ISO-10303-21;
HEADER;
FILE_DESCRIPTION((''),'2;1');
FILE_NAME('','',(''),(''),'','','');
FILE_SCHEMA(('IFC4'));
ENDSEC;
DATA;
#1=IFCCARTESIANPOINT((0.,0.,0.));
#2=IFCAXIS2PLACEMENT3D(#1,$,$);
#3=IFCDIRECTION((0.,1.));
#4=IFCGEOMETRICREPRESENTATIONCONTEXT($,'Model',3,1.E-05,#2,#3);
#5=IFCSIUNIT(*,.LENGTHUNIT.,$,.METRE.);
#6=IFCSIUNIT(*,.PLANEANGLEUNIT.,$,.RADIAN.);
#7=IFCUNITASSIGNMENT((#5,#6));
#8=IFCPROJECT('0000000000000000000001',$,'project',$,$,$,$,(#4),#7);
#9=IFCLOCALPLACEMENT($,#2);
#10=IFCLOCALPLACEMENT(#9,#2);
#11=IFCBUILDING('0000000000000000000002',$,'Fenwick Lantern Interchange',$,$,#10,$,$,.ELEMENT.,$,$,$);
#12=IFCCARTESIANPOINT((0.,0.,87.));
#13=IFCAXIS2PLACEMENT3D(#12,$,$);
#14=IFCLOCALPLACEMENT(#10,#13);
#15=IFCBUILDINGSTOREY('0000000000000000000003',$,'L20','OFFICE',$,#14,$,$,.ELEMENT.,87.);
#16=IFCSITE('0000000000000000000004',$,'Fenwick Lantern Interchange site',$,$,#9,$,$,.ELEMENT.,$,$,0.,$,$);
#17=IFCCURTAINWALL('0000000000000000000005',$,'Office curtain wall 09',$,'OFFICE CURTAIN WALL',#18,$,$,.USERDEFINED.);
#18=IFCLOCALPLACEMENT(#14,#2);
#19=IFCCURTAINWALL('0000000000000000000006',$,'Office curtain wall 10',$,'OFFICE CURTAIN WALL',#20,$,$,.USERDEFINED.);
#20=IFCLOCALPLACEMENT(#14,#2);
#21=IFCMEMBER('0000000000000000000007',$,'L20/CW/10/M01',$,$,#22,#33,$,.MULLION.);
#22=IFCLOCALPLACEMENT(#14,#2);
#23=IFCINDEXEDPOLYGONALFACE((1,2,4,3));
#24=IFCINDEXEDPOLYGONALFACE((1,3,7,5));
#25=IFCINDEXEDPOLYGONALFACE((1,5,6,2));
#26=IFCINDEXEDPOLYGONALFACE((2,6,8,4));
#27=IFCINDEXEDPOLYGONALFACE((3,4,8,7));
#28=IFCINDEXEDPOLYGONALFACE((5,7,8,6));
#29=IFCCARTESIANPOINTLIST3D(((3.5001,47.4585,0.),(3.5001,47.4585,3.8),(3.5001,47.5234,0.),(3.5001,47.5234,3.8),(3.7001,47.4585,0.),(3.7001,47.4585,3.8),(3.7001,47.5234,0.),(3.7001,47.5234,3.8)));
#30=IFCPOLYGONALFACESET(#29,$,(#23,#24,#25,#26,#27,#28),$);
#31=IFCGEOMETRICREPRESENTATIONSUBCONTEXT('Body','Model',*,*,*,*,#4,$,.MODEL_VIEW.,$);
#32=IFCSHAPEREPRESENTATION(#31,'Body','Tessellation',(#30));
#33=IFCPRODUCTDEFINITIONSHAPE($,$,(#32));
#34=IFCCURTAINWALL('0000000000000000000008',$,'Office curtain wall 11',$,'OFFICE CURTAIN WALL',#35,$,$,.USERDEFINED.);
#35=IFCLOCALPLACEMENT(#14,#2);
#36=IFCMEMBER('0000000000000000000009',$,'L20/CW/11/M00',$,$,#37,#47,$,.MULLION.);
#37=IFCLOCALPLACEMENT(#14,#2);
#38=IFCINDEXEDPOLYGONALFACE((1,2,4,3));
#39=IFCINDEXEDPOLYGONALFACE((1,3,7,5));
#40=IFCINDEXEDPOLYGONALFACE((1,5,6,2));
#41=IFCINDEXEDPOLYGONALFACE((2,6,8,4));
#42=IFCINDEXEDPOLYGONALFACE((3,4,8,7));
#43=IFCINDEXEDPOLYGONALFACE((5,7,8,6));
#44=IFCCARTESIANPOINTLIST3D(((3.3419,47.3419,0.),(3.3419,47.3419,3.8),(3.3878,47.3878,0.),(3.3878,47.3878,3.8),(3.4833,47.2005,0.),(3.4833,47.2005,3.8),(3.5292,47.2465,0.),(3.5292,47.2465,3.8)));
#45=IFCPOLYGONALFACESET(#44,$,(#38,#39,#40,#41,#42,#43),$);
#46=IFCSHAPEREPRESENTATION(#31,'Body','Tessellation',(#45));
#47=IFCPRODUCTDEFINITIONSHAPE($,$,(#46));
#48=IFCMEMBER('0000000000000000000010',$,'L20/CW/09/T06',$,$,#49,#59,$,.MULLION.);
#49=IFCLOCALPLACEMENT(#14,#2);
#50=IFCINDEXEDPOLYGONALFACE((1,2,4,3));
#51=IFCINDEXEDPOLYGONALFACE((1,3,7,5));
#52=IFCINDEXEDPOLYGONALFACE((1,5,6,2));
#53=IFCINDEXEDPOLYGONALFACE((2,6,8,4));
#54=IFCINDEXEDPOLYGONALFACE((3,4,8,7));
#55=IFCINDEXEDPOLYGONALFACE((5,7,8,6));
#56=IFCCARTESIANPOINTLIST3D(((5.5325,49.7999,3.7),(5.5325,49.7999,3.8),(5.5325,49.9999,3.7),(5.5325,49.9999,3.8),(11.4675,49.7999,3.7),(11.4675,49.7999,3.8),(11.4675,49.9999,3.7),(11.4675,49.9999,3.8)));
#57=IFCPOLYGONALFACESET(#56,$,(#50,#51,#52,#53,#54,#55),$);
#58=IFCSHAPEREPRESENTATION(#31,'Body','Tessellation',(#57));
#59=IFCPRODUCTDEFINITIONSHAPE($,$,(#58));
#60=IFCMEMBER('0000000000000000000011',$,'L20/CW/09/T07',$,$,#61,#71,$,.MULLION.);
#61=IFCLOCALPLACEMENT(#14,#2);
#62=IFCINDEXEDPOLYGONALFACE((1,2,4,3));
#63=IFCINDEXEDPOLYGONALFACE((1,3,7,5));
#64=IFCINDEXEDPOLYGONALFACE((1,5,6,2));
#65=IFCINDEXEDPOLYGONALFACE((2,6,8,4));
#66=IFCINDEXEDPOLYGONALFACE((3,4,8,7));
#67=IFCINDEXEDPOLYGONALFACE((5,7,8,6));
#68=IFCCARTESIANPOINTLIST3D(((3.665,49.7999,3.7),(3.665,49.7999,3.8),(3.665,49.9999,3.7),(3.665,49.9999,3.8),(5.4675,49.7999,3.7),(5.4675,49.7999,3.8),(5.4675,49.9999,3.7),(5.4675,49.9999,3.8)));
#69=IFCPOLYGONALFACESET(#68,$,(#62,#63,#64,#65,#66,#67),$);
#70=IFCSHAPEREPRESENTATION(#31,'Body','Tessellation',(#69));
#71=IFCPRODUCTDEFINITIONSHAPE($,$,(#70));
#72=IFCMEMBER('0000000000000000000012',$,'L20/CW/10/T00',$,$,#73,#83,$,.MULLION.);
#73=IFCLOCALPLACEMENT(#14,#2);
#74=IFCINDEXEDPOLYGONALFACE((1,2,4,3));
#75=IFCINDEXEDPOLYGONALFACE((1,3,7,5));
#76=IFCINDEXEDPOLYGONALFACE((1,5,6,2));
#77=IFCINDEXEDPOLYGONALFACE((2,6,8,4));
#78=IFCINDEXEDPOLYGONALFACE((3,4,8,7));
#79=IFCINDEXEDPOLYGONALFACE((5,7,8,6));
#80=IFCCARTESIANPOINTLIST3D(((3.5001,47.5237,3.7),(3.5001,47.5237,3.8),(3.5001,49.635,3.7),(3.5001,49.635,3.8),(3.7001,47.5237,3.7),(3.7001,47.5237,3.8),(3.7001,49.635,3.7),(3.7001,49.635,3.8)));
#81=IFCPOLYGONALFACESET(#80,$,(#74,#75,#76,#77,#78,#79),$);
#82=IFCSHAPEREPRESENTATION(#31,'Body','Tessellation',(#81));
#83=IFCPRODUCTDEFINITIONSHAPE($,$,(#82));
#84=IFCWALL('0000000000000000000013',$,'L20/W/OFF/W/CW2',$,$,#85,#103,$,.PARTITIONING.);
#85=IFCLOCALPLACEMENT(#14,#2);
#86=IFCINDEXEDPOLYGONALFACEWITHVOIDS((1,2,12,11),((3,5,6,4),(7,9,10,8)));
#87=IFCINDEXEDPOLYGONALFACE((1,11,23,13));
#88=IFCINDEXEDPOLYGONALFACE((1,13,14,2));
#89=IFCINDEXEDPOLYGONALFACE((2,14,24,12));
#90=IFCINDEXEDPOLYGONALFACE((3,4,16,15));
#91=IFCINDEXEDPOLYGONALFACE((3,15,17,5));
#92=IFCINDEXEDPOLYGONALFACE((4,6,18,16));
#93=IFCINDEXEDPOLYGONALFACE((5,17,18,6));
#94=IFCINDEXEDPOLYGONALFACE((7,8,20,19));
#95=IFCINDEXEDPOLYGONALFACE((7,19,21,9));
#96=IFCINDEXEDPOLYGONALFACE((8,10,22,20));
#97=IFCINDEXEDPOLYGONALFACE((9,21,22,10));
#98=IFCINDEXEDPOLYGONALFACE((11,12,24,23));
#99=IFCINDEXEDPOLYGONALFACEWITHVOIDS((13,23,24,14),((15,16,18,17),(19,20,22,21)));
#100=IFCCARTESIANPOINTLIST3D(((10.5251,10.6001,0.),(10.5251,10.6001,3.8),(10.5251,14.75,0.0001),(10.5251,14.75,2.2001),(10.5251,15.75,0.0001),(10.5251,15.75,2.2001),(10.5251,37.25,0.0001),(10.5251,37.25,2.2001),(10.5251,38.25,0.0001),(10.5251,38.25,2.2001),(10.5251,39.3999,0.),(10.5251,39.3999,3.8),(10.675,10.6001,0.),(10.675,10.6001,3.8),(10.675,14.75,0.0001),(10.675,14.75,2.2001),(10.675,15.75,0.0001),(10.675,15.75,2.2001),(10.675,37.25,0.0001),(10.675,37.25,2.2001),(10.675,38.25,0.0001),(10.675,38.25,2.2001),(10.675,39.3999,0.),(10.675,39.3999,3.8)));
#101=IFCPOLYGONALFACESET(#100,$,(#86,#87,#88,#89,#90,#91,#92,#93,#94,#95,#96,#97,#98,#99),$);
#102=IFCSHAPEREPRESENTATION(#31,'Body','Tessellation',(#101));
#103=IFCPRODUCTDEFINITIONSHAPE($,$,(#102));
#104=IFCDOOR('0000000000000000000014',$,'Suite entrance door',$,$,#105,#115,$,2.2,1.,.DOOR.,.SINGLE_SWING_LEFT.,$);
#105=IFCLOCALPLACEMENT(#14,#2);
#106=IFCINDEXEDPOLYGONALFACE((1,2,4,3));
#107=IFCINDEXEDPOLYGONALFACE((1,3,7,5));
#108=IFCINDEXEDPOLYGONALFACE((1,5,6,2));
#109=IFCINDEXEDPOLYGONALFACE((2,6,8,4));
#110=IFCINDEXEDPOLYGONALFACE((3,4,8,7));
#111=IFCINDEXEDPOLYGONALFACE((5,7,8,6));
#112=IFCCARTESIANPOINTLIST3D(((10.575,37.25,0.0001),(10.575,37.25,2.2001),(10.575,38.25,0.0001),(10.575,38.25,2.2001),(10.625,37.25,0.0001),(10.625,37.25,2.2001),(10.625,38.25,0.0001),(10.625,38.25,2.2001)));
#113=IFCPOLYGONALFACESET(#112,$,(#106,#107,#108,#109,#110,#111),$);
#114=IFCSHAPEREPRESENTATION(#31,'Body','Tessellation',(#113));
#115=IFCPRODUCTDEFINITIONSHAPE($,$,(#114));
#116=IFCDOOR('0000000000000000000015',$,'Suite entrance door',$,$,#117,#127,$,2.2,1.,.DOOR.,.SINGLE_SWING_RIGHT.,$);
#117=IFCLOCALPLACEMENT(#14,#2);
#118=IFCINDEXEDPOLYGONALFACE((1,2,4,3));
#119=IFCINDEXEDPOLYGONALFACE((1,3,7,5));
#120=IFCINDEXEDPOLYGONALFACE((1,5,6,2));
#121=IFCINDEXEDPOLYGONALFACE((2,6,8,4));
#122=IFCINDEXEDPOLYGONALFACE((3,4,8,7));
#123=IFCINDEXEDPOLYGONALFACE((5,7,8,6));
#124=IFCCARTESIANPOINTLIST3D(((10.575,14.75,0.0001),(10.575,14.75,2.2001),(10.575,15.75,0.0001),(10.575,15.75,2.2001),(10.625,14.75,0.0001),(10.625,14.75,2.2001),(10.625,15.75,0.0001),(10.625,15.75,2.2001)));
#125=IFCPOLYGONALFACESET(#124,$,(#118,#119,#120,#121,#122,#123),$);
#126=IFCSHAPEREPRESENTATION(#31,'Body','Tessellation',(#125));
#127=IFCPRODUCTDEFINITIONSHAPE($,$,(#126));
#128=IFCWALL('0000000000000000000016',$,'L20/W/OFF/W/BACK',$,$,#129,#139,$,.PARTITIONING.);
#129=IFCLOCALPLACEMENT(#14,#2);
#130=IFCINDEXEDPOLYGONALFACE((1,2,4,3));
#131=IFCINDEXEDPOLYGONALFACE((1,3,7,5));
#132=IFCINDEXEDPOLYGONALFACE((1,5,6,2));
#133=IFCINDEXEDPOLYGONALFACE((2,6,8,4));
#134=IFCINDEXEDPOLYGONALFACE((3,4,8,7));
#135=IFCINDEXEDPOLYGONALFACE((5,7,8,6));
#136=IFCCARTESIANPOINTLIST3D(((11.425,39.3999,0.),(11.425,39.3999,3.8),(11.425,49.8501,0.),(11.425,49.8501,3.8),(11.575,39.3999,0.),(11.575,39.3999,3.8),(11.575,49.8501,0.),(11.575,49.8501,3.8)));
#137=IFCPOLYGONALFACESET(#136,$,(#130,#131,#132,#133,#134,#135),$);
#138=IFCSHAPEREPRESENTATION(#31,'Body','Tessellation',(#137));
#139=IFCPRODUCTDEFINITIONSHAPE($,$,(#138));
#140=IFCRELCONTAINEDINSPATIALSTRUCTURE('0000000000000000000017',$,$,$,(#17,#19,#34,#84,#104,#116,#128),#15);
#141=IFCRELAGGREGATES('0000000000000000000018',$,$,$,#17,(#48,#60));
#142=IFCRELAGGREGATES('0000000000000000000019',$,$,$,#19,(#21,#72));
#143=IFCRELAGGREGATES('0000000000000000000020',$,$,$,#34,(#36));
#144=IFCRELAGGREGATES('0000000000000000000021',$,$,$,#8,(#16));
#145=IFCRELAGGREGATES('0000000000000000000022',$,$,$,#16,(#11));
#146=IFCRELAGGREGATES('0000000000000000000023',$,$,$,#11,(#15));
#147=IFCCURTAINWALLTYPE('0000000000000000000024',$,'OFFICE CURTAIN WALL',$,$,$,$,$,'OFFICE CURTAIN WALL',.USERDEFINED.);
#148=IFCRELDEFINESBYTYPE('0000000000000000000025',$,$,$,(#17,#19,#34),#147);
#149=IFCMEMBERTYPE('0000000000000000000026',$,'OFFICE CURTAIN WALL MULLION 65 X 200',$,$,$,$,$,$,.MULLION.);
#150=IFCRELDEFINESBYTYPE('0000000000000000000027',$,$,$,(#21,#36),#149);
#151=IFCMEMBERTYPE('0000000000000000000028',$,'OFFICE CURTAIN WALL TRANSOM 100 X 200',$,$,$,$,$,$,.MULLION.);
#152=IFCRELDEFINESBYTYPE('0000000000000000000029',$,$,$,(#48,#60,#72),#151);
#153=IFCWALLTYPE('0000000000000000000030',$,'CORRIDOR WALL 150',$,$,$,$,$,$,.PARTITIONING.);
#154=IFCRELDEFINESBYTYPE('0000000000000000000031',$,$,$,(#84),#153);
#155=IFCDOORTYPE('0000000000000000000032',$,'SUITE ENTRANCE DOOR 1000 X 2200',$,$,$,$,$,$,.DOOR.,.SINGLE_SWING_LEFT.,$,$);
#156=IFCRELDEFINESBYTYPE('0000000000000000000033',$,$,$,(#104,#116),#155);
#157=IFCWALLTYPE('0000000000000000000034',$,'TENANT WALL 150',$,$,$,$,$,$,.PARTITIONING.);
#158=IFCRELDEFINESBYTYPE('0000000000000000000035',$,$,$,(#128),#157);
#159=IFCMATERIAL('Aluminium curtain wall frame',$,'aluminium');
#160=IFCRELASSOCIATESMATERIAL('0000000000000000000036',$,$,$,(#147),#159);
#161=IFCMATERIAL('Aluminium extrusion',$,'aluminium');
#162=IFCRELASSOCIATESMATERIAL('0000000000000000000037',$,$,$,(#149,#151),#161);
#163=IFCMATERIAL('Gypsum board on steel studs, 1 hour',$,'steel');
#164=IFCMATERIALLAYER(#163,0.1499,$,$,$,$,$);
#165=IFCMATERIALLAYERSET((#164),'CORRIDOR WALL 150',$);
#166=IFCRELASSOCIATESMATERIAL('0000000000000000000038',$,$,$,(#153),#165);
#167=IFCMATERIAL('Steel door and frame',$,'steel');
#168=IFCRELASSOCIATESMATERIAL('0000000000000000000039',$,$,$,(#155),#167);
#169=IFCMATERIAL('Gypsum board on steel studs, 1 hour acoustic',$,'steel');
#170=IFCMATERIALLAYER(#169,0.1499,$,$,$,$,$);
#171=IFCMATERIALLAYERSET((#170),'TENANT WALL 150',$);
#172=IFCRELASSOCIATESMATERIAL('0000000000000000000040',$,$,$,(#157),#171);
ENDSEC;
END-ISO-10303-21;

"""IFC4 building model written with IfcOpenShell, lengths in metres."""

from ifc_helpers import new_model, si_unit, direction, frame, frame_2d, origin, origin_2d, place, context, subcontext, project, spatial, rectangle, extrude, material, layer, layer_set, material_profile, profile_set, type_object, element, fill, aggregate, save


model = new_model("IFC4")

# Units and contexts
model_context = context("Model", 3, precision=1e-05, world=origin(), true_north=direction((0.0, 1.0)))
body_context = subcontext(model_context, "Body", "Model", "MODEL_VIEW")
ifc_project = project(units=[si_unit("LENGTHUNIT", "METRE"), si_unit("PLANEANGLEUNIT", "RADIAN")], contexts=[model_context])

# Site, building, storey
site_placement = place(None, origin())
site = spatial("IfcSite", under=ifc_project, at=site_placement, Name="Fenwick Lantern Interchange site", CompositionType="ELEMENT", RefElevation=0.0)
building_placement = place(site_placement, origin())
building = spatial("IfcBuilding", under=site, at=building_placement, Name="Fenwick Lantern Interchange", CompositionType="ELEMENT")
storey_placement = place(building_placement, frame((0.0, 0.0, 87.0)))
storey = spatial("IfcBuildingStorey", under=building, at=storey_placement, Name="L20", Description="OFFICE", CompositionType="ELEMENT", Elevation=87.0)

# Curtain walls, member
ifc_material_1 = material(Name="Aluminium curtain wall frame", Category="aluminium")
curtain_wall_type = type_object("IfcCurtainWallType", Name="OFFICE CURTAIN WALL", ElementType="OFFICE CURTAIN WALL", PredefinedType="USERDEFINED", material=ifc_material_1)
curtain_wall_1_placement = place(storey_placement, origin())
curtain_wall_1 = element("IfcCurtainWall", 1, at=curtain_wall_1_placement, inside=storey, type_object=curtain_wall_type, Name="Office curtain wall 09", ObjectType="OFFICE CURTAIN WALL", PredefinedType="USERDEFINED")
ifc_material_2 = material(Name="Aluminium extrusion", Category="aluminium")
ifc_material_profile_1 = material_profile(ifc_material_2, rectangle(XDim=0.2, YDim=0.0649, at=origin_2d()), Name="OFFICE CURTAIN WALL MULLION 65 X 200")
ifc_profile_set_1 = profile_set([ifc_material_profile_1], Name="Aluminium extrusion")
member_type_1 = type_object("IfcMemberType", Name="OFFICE CURTAIN WALL MULLION 65 X 200", PredefinedType="MULLION", material=ifc_profile_set_1)
curtain_wall_2_placement = place(storey_placement, origin())
curtain_wall_2 = element("IfcCurtainWall", 2, at=curtain_wall_2_placement, inside=storey, type_object=curtain_wall_type, Name="Office curtain wall 10", ObjectType="OFFICE CURTAIN WALL", PredefinedType="USERDEFINED")
member_1_placement = place(storey_placement, frame((3.6001, 47.491, 0.0), z_axis=(0.0, 0.0, 1.0), x_axis=(1.0, 0.0, 0.0)))
member_1 = element("IfcMember", 3, at=member_1_placement, type_object=member_type_1, Name="L20/CW/10/M01", PredefinedType="MULLION", context=body_context, shape_type="SweptSolid", body=[
    extrude(rectangle(XDim=0.2, YDim=0.0649, at=origin_2d()), origin(), (0.0, 0.0, 1.0), 3.8),
])

# Curtain wall, member
curtain_wall_3_placement = place(storey_placement, origin())
curtain_wall_3 = element("IfcCurtainWall", 4, at=curtain_wall_3_placement, inside=storey, type_object=curtain_wall_type, Name="Office curtain wall 11", ObjectType="OFFICE CURTAIN WALL", PredefinedType="USERDEFINED")
member_2_placement = place(storey_placement, frame((3.4355, 47.2942, 0.0), z_axis=(0.0, 0.0, 1.0), x_axis=(0.707107, -0.707107, 0.0)))
member_2 = element("IfcMember", 5, at=member_2_placement, type_object=member_type_1, Name="L20/CW/11/M00", PredefinedType="MULLION", context=body_context, shape_type="SweptSolid", body=[
    extrude(rectangle(XDim=0.2, YDim=0.0649, at=origin_2d()), origin(), (0.0, 0.0, 1.0), 3.8),
])

# Members
ifc_material_profile_2 = material_profile(ifc_material_2, rectangle(XDim=0.2, YDim=0.1001, at=origin_2d()), Name="OFFICE CURTAIN WALL TRANSOM 100 X 200")
ifc_profile_set_2 = profile_set([ifc_material_profile_2], Name="Aluminium extrusion")
member_type_2 = type_object("IfcMemberType", Name="OFFICE CURTAIN WALL TRANSOM 100 X 200", PredefinedType="MULLION", material=ifc_profile_set_2)
member_3_placement = place(storey_placement, frame((11.4675, 49.8999, 3.75), z_axis=(-1.0, 0.0, 0.0), x_axis=(0.0, -1.0, 0.0)))
member_3 = element("IfcMember", 6, at=member_3_placement, type_object=member_type_2, Name="L20/CW/09/T06", PredefinedType="MULLION", context=body_context, shape_type="SweptSolid", body=[
    extrude(rectangle(XDim=0.2, YDim=0.1001, at=origin_2d()), origin(), (0.0, 0.0, 1.0), 5.9351),
])
member_4_placement = place(storey_placement, frame((5.4675, 49.8999, 3.75), z_axis=(-1.0, 0.0, 0.0), x_axis=(0.0, -1.0, 0.0)))
member_4 = element("IfcMember", 7, at=member_4_placement, type_object=member_type_2, Name="L20/CW/09/T07", PredefinedType="MULLION", context=body_context, shape_type="SweptSolid", body=[
    extrude(rectangle(XDim=0.2, YDim=0.1001, at=origin_2d()), origin(), (0.0, 0.0, 1.0), 1.8025),
])
aggregate(curtain_wall_1, [member_3, member_4])
member_5_placement = place(storey_placement, frame((3.6001, 49.635, 3.75), z_axis=(0.0, -1.0, 0.0), x_axis=(1.0, 0.0, 0.0)))
member_5 = element("IfcMember", 8, at=member_5_placement, type_object=member_type_2, Name="L20/CW/10/T00", PredefinedType="MULLION", context=body_context, shape_type="SweptSolid", body=[
    extrude(rectangle(XDim=0.2, YDim=0.1001, at=origin_2d()), origin(), (0.0, 0.0, 1.0), 2.1113),
])
aggregate(curtain_wall_2, [member_1, member_5])

aggregate(curtain_wall_3, [member_2])

# Wall, openings, doors
ifc_material_3 = material(Name="Gypsum board on steel studs, 1 hour", Category="steel")
ifc_layer_1 = layer(ifc_material_3, 0.1499)
ifc_layer_set_1 = layer_set([ifc_layer_1], Name="CORRIDOR WALL 150")
wall_type_1 = type_object("IfcWallType", Name="CORRIDOR WALL 150", PredefinedType="PARTITIONING", material=ifc_layer_set_1)
wall_1_placement = place(storey_placement, frame((10.6001, 39.3999, 0.0), z_axis=(0.0, 0.0, 1.0), x_axis=(0.0, -1.0, 0.0)))
wall_1 = element("IfcWall", 9, at=wall_1_placement, inside=storey, type_object=wall_type_1, Name="L20/W/OFF/W/CW2", PredefinedType="PARTITIONING", context=body_context, shape_type="SweptSolid", body=[
    extrude(rectangle(XDim=28.7998, YDim=0.1499, at=frame_2d((14.3999, 0.0))), origin(), (0.0, 0.0, 1.0), 3.8),
])
opening_1_placement = place(wall_1_placement, frame((1.1499, 0.0, 0.0)))
opening_1 = element("IfcOpeningElement", 10, at=opening_1_placement, cuts=wall_1, PredefinedType="OPENING", context=body_context, shape_type="SweptSolid", body=[
    extrude(rectangle(XDim=1.0, YDim=2.2, at=frame_2d((0.5, 1.1001))), frame((0.0, 0.085, 0.0), z_axis=(0.0, -1.0, 0.0), x_axis=(1.0, 0.0, 0.0)), (0.0, 0.0, 1.0), 0.1699),
])
opening_2_placement = place(wall_1_placement, frame((23.6499, 0.0, 0.0)))
opening_2 = element("IfcOpeningElement", 11, at=opening_2_placement, cuts=wall_1, PredefinedType="OPENING", context=body_context, shape_type="SweptSolid", body=[
    extrude(rectangle(XDim=1.0, YDim=2.2, at=frame_2d((0.5, 1.1001))), frame((0.0, 0.085, 0.0), z_axis=(0.0, -1.0, 0.0), x_axis=(1.0, 0.0, 0.0)), (0.0, 0.0, 1.0), 0.1699),
])
ifc_material_4 = material(Name="Steel door and frame", Category="steel")
door_type = type_object("IfcDoorType", Name="SUITE ENTRANCE DOOR 1000 X 2200", OperationType="SINGLE_SWING_LEFT", PredefinedType="DOOR", material=ifc_material_4)
door_1_placement = place(opening_1_placement, origin())
door_1 = element("IfcDoor", 12, at=door_1_placement, inside=storey, type_object=door_type, Name="Suite entrance door", OperationType="SINGLE_SWING_LEFT", OverallHeight=2.2, OverallWidth=1.0, PredefinedType="DOOR", context=body_context, shape_type="SweptSolid", body=[
    extrude(rectangle(XDim=1.0, YDim=2.2, at=frame_2d((0.5, 1.1001))), frame((0.0, 0.0249, 0.0), z_axis=(0.0, -1.0, 0.0), x_axis=(1.0, 0.0, 0.0)), (0.0, 0.0, 1.0), 0.05),
])
fill(opening_1, door_1)
door_2_placement = place(opening_2_placement, origin())
door_2 = element("IfcDoor", 13, at=door_2_placement, inside=storey, type_object=door_type, Name="Suite entrance door", OperationType="SINGLE_SWING_RIGHT", OverallHeight=2.2, OverallWidth=1.0, PredefinedType="DOOR", context=body_context, shape_type="SweptSolid", body=[
    extrude(rectangle(XDim=1.0, YDim=2.2, at=frame_2d((0.5, 1.1001))), frame((0.0, 0.0249, 0.0), z_axis=(0.0, -1.0, 0.0), x_axis=(1.0, 0.0, 0.0)), (0.0, 0.0, 1.0), 0.05),
])
fill(opening_2, door_2)

# Wall
ifc_material_5 = material(Name="Gypsum board on steel studs, 1 hour acoustic", Category="steel")
ifc_layer_2 = layer(ifc_material_5, 0.1499)
ifc_layer_set_2 = layer_set([ifc_layer_2], Name="TENANT WALL 150")
wall_type_2 = type_object("IfcWallType", Name="TENANT WALL 150", PredefinedType="PARTITIONING", material=ifc_layer_set_2)
wall_2_placement = place(storey_placement, frame((11.5, 49.8501, 0.0), z_axis=(0.0, 0.0, 1.0), x_axis=(0.0, -1.0, 0.0)))
element("IfcWall", 14, at=wall_2_placement, inside=storey, type_object=wall_type_2, Name="L20/W/OFF/W/BACK", PredefinedType="PARTITIONING", context=body_context, shape_type="SweptSolid", body=[
    extrude(rectangle(XDim=10.4502, YDim=0.1499, at=frame_2d((5.2251, 0.0))), origin(), (0.0, 0.0, 1.0), 3.8),
])

save(model, "model.ifc")
